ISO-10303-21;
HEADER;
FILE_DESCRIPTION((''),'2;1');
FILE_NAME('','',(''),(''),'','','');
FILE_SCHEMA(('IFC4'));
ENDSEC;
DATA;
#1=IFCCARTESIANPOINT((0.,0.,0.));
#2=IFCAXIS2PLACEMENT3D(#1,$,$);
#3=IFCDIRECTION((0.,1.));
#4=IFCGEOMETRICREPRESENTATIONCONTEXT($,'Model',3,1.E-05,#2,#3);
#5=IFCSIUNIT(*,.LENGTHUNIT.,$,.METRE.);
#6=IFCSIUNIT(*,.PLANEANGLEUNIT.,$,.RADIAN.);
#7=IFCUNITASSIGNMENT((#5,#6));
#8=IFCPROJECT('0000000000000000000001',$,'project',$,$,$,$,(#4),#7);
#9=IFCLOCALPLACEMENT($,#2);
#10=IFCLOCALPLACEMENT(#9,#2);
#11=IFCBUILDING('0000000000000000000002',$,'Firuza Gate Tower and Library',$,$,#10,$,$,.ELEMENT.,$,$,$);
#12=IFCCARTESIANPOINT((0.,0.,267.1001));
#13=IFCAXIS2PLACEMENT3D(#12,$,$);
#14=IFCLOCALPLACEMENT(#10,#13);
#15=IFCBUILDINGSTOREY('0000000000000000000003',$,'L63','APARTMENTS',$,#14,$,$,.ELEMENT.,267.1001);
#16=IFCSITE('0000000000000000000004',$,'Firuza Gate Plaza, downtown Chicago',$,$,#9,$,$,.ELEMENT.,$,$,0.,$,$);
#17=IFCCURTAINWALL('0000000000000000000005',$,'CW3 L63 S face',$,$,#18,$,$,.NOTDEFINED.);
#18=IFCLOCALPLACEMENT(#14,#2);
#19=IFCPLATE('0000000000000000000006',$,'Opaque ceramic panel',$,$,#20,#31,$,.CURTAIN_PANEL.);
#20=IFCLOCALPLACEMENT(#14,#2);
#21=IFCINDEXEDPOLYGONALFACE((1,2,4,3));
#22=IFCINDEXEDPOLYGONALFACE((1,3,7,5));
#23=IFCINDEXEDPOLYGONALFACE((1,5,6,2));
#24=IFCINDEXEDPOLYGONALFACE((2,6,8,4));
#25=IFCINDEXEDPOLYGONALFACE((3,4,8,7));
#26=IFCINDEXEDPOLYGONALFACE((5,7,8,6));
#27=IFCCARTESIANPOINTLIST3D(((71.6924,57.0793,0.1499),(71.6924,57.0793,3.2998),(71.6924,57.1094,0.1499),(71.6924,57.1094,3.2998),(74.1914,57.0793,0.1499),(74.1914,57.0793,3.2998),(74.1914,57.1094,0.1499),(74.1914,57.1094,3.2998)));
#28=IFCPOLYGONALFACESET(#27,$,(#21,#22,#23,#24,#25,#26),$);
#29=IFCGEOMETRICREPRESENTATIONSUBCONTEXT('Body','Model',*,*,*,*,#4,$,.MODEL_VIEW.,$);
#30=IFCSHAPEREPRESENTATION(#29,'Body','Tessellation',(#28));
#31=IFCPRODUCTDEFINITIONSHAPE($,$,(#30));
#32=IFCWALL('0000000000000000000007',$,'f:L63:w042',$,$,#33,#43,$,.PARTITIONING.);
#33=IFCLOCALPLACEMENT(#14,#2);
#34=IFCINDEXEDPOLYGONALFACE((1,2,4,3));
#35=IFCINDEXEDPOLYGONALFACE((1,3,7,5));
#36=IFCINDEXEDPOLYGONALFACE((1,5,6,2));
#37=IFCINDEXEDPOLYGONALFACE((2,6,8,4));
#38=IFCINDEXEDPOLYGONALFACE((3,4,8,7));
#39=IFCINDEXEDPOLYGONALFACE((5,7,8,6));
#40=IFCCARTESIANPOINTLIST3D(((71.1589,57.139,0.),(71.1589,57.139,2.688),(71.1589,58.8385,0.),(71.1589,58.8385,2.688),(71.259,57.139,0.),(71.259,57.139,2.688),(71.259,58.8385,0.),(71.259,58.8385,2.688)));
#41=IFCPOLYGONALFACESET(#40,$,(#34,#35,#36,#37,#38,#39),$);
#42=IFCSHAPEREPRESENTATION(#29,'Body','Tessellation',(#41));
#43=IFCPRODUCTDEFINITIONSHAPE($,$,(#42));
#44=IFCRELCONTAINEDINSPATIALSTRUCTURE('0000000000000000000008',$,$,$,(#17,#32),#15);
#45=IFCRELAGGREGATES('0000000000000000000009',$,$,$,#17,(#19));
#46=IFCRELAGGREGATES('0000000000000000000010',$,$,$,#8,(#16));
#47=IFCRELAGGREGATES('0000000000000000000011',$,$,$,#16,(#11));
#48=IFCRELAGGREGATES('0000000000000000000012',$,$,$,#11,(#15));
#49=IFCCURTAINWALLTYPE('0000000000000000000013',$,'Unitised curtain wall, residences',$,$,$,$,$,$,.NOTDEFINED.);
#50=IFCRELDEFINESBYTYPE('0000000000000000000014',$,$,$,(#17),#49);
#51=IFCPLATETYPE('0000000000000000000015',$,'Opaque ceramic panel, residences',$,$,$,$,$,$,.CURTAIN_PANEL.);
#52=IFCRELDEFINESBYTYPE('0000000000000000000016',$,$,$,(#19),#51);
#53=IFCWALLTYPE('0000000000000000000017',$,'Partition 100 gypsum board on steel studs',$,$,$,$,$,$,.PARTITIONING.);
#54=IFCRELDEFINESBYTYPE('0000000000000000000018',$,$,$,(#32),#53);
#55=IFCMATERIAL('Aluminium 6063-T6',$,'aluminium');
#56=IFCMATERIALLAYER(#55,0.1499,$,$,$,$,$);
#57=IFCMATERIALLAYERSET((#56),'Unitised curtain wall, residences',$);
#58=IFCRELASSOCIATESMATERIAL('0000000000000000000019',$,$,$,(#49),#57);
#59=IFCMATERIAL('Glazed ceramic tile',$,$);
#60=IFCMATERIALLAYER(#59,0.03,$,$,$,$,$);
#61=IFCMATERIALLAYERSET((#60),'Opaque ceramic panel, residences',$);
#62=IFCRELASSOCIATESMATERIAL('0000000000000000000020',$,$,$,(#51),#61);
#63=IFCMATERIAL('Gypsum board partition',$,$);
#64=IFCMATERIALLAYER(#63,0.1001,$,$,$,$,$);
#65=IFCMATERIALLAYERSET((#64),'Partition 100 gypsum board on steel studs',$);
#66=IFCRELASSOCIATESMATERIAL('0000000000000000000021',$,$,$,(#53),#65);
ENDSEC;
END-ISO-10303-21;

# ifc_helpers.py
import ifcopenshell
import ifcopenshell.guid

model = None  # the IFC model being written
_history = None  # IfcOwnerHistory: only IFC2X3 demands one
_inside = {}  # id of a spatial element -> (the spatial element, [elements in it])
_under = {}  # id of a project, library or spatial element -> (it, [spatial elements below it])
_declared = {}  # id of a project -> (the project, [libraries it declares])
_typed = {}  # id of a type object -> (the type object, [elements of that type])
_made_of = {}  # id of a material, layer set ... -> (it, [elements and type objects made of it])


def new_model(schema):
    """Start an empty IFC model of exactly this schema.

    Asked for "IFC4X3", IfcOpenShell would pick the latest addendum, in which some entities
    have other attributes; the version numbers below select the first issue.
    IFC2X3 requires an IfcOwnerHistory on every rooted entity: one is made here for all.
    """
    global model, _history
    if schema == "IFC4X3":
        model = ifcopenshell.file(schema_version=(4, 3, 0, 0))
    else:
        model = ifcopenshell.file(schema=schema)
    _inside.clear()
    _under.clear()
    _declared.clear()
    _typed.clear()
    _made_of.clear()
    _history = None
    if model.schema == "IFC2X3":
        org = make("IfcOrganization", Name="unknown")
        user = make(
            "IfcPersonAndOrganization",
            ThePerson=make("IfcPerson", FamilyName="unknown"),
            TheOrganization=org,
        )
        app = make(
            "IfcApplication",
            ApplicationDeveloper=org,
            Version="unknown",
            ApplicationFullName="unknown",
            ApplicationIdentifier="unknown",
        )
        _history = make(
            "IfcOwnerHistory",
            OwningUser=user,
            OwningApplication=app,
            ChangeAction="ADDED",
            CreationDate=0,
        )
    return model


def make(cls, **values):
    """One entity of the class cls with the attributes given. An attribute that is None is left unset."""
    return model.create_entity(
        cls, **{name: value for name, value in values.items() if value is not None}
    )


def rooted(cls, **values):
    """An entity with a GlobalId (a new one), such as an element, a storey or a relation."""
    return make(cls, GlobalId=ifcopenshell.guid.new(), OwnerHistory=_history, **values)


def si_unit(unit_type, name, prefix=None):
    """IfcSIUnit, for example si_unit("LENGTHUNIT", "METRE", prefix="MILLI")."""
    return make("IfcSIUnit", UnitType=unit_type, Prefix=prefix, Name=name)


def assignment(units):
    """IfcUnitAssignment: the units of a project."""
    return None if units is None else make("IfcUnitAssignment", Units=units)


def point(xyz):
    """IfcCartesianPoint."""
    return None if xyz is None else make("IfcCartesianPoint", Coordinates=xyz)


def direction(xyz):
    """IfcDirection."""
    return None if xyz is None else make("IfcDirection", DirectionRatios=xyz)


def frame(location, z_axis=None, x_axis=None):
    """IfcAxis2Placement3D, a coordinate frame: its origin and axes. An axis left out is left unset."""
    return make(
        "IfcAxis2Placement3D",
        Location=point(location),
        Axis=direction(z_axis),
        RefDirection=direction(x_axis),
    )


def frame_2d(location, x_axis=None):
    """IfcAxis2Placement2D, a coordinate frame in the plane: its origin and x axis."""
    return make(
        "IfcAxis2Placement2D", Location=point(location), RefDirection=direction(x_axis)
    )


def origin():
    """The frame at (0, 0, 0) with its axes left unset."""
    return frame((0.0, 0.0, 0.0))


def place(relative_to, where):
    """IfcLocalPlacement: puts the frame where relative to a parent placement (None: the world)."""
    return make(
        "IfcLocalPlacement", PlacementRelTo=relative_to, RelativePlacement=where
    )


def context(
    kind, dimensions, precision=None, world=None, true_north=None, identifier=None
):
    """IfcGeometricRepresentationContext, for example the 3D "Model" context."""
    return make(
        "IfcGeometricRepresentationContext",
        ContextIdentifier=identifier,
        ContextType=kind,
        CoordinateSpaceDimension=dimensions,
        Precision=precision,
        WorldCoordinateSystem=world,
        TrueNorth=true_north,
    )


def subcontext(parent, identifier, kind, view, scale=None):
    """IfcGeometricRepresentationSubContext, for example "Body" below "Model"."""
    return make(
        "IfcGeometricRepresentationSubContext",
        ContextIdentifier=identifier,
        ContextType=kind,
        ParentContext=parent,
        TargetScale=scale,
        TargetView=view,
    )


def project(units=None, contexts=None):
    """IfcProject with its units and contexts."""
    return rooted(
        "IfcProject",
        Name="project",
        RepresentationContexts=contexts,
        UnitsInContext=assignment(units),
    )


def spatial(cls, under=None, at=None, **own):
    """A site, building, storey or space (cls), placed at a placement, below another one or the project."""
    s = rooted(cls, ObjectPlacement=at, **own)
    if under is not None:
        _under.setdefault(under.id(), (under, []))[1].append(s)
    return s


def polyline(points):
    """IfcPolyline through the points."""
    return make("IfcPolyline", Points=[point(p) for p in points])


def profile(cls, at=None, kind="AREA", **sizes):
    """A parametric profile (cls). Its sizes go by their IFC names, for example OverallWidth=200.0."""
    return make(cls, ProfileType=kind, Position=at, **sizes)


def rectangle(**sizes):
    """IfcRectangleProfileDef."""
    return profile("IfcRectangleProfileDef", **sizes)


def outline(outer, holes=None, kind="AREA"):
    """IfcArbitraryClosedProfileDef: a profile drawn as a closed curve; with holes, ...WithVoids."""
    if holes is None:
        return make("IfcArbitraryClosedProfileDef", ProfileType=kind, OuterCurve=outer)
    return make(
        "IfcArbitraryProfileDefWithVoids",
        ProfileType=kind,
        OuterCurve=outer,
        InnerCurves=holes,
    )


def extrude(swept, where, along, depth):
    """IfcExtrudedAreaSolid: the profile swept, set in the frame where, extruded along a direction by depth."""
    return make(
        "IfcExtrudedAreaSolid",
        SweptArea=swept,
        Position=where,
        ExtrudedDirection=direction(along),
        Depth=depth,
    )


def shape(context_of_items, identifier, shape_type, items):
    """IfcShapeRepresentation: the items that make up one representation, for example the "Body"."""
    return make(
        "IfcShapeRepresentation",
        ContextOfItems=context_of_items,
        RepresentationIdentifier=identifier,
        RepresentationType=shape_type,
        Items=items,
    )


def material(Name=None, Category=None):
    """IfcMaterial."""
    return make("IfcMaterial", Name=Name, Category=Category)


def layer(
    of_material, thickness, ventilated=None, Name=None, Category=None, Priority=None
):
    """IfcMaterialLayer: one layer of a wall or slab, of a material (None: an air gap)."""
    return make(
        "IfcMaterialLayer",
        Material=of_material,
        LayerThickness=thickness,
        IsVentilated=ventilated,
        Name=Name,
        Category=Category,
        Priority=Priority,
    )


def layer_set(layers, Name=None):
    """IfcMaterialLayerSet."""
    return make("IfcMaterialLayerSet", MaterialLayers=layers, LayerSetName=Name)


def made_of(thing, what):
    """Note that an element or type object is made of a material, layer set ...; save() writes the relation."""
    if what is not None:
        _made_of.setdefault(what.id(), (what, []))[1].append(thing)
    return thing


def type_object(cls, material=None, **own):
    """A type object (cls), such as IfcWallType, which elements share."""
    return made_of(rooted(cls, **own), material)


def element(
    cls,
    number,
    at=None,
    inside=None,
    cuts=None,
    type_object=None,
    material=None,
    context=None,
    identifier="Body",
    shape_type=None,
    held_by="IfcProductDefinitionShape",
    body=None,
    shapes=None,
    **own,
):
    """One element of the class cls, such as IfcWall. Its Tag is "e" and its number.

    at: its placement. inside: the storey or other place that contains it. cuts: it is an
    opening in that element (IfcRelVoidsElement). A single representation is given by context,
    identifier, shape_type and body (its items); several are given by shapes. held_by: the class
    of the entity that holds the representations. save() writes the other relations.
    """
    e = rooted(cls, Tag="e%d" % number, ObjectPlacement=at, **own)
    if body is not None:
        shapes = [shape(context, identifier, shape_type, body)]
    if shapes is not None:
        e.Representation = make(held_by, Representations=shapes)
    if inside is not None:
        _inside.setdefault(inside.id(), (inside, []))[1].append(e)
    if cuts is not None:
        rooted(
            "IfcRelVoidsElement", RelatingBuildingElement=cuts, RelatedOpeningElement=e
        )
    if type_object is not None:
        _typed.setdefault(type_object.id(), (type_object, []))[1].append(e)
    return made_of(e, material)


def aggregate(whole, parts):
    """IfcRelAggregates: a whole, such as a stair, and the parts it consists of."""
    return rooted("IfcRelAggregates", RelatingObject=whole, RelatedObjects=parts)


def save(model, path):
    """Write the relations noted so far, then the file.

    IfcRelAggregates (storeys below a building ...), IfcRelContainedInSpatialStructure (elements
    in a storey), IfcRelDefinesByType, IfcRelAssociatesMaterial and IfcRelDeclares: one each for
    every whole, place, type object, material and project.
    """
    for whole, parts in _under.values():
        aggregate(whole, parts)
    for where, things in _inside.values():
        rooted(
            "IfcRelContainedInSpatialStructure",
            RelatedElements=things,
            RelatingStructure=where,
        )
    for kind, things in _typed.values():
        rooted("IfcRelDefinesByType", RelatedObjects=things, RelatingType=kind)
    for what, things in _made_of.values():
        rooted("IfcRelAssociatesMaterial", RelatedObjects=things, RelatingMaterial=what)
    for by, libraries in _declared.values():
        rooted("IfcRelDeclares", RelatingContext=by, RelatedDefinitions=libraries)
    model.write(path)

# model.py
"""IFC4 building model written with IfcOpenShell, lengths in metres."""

from ifc_helpers import new_model, si_unit, direction, frame, frame_2d, origin, place, context, subcontext, project, spatial, polyline, rectangle, outline, extrude, material, layer, layer_set, type_object, element, aggregate, save


model = new_model("IFC4")

# Units and contexts
model_context = context("Model", 3, precision=1e-05, world=origin(), true_north=direction((0.0, 1.0)))
body_context = subcontext(model_context, "Body", "Model", "MODEL_VIEW")
ifc_project = project(units=[si_unit("LENGTHUNIT", "METRE"), si_unit("PLANEANGLEUNIT", "RADIAN")], contexts=[model_context])

# Site, building, storey
site_placement = place(None, origin())
site = spatial("IfcSite", under=ifc_project, at=site_placement, Name="Firuza Gate Plaza, downtown Chicago", CompositionType="ELEMENT", RefElevation=0.0)
building_placement = place(site_placement, origin())
building = spatial("IfcBuilding", under=site, at=building_placement, Name="Firuza Gate Tower and Library", CompositionType="ELEMENT")
storey_placement = place(building_placement, frame((0.0, 0.0, 267.1001)))
storey = spatial("IfcBuildingStorey", under=building, at=storey_placement, Name="L63", Description="APARTMENTS", CompositionType="ELEMENT", Elevation=267.1001)

# Curtain wall
ifc_material_1 = material(Name="Aluminium 6063-T6", Category="aluminium")
ifc_layer_1 = layer(ifc_material_1, 0.1499)
ifc_layer_set_1 = layer_set([ifc_layer_1], Name="Unitised curtain wall, residences")
curtain_wall_type = type_object("IfcCurtainWallType", Name="Unitised curtain wall, residences", PredefinedType="NOTDEFINED", material=ifc_layer_set_1)
curtain_wall_placement = place(storey_placement, origin())
curtain_wall = element("IfcCurtainWall", 1, at=curtain_wall_placement, inside=storey, type_object=curtain_wall_type, Name="CW3 L63 S face", PredefinedType="NOTDEFINED")

# Plate
ifc_material_2 = material(Name="Glazed ceramic tile")
ifc_layer_2 = layer(ifc_material_2, 0.03)
ifc_layer_set_2 = layer_set([ifc_layer_2], Name="Opaque ceramic panel, residences")
plate_type_1 = type_object("IfcPlateType", Name="Opaque ceramic panel, residences", PredefinedType="CURTAIN_PANEL", material=ifc_layer_set_2)
plate_1_placement = place(storey_placement, frame((71.6924, 57.0793, 0.1499), z_axis=(0.0, -1.0, 0.0), x_axis=(1.0, 0.0, 0.0)))
plate_1 = element("IfcPlate", 2, at=plate_1_placement, type_object=plate_type_1, Name="Opaque ceramic panel", PredefinedType="CURTAIN_PANEL", context=body_context, shape_type="SweptSolid", body=[
    extrude(outline(polyline([(0.0, 0.0), (2.499, 0.0), (2.499, 3.1499), (0.0, 3.1499), (0.0, 0.0)])), origin(), (0.0, 0.0, -1.0), 0.03),
])
aggregate(curtain_wall, [plate_1])

# Wall
ifc_material_3 = material(Name="Gypsum board partition")
ifc_layer_3 = layer(ifc_material_3, 0.1001)
ifc_layer_set_3 = layer_set([ifc_layer_3], Name="Partition 100 gypsum board on steel studs")
wall_type = type_object("IfcWallType", Name="Partition 100 gypsum board on steel studs", PredefinedType="PARTITIONING", material=ifc_layer_set_3)
wall_placement = place(storey_placement, frame((71.209, 57.1392, 0.0), z_axis=(0.0, 0.0, 1.0), x_axis=(0.0, 1.0, 0.0)))
element("IfcWall", 3, at=wall_placement, inside=storey, type_object=wall_type, Name="f:L63:w042", PredefinedType="PARTITIONING", context=body_context, shape_type="SweptSolid", body=[
    extrude(rectangle(XDim=1.6995, YDim=0.1001, at=frame_2d((0.8496, 0.0))), origin(), (0.0, 0.0, 1.0), 2.688),
])

save(model, "model.ifc")
